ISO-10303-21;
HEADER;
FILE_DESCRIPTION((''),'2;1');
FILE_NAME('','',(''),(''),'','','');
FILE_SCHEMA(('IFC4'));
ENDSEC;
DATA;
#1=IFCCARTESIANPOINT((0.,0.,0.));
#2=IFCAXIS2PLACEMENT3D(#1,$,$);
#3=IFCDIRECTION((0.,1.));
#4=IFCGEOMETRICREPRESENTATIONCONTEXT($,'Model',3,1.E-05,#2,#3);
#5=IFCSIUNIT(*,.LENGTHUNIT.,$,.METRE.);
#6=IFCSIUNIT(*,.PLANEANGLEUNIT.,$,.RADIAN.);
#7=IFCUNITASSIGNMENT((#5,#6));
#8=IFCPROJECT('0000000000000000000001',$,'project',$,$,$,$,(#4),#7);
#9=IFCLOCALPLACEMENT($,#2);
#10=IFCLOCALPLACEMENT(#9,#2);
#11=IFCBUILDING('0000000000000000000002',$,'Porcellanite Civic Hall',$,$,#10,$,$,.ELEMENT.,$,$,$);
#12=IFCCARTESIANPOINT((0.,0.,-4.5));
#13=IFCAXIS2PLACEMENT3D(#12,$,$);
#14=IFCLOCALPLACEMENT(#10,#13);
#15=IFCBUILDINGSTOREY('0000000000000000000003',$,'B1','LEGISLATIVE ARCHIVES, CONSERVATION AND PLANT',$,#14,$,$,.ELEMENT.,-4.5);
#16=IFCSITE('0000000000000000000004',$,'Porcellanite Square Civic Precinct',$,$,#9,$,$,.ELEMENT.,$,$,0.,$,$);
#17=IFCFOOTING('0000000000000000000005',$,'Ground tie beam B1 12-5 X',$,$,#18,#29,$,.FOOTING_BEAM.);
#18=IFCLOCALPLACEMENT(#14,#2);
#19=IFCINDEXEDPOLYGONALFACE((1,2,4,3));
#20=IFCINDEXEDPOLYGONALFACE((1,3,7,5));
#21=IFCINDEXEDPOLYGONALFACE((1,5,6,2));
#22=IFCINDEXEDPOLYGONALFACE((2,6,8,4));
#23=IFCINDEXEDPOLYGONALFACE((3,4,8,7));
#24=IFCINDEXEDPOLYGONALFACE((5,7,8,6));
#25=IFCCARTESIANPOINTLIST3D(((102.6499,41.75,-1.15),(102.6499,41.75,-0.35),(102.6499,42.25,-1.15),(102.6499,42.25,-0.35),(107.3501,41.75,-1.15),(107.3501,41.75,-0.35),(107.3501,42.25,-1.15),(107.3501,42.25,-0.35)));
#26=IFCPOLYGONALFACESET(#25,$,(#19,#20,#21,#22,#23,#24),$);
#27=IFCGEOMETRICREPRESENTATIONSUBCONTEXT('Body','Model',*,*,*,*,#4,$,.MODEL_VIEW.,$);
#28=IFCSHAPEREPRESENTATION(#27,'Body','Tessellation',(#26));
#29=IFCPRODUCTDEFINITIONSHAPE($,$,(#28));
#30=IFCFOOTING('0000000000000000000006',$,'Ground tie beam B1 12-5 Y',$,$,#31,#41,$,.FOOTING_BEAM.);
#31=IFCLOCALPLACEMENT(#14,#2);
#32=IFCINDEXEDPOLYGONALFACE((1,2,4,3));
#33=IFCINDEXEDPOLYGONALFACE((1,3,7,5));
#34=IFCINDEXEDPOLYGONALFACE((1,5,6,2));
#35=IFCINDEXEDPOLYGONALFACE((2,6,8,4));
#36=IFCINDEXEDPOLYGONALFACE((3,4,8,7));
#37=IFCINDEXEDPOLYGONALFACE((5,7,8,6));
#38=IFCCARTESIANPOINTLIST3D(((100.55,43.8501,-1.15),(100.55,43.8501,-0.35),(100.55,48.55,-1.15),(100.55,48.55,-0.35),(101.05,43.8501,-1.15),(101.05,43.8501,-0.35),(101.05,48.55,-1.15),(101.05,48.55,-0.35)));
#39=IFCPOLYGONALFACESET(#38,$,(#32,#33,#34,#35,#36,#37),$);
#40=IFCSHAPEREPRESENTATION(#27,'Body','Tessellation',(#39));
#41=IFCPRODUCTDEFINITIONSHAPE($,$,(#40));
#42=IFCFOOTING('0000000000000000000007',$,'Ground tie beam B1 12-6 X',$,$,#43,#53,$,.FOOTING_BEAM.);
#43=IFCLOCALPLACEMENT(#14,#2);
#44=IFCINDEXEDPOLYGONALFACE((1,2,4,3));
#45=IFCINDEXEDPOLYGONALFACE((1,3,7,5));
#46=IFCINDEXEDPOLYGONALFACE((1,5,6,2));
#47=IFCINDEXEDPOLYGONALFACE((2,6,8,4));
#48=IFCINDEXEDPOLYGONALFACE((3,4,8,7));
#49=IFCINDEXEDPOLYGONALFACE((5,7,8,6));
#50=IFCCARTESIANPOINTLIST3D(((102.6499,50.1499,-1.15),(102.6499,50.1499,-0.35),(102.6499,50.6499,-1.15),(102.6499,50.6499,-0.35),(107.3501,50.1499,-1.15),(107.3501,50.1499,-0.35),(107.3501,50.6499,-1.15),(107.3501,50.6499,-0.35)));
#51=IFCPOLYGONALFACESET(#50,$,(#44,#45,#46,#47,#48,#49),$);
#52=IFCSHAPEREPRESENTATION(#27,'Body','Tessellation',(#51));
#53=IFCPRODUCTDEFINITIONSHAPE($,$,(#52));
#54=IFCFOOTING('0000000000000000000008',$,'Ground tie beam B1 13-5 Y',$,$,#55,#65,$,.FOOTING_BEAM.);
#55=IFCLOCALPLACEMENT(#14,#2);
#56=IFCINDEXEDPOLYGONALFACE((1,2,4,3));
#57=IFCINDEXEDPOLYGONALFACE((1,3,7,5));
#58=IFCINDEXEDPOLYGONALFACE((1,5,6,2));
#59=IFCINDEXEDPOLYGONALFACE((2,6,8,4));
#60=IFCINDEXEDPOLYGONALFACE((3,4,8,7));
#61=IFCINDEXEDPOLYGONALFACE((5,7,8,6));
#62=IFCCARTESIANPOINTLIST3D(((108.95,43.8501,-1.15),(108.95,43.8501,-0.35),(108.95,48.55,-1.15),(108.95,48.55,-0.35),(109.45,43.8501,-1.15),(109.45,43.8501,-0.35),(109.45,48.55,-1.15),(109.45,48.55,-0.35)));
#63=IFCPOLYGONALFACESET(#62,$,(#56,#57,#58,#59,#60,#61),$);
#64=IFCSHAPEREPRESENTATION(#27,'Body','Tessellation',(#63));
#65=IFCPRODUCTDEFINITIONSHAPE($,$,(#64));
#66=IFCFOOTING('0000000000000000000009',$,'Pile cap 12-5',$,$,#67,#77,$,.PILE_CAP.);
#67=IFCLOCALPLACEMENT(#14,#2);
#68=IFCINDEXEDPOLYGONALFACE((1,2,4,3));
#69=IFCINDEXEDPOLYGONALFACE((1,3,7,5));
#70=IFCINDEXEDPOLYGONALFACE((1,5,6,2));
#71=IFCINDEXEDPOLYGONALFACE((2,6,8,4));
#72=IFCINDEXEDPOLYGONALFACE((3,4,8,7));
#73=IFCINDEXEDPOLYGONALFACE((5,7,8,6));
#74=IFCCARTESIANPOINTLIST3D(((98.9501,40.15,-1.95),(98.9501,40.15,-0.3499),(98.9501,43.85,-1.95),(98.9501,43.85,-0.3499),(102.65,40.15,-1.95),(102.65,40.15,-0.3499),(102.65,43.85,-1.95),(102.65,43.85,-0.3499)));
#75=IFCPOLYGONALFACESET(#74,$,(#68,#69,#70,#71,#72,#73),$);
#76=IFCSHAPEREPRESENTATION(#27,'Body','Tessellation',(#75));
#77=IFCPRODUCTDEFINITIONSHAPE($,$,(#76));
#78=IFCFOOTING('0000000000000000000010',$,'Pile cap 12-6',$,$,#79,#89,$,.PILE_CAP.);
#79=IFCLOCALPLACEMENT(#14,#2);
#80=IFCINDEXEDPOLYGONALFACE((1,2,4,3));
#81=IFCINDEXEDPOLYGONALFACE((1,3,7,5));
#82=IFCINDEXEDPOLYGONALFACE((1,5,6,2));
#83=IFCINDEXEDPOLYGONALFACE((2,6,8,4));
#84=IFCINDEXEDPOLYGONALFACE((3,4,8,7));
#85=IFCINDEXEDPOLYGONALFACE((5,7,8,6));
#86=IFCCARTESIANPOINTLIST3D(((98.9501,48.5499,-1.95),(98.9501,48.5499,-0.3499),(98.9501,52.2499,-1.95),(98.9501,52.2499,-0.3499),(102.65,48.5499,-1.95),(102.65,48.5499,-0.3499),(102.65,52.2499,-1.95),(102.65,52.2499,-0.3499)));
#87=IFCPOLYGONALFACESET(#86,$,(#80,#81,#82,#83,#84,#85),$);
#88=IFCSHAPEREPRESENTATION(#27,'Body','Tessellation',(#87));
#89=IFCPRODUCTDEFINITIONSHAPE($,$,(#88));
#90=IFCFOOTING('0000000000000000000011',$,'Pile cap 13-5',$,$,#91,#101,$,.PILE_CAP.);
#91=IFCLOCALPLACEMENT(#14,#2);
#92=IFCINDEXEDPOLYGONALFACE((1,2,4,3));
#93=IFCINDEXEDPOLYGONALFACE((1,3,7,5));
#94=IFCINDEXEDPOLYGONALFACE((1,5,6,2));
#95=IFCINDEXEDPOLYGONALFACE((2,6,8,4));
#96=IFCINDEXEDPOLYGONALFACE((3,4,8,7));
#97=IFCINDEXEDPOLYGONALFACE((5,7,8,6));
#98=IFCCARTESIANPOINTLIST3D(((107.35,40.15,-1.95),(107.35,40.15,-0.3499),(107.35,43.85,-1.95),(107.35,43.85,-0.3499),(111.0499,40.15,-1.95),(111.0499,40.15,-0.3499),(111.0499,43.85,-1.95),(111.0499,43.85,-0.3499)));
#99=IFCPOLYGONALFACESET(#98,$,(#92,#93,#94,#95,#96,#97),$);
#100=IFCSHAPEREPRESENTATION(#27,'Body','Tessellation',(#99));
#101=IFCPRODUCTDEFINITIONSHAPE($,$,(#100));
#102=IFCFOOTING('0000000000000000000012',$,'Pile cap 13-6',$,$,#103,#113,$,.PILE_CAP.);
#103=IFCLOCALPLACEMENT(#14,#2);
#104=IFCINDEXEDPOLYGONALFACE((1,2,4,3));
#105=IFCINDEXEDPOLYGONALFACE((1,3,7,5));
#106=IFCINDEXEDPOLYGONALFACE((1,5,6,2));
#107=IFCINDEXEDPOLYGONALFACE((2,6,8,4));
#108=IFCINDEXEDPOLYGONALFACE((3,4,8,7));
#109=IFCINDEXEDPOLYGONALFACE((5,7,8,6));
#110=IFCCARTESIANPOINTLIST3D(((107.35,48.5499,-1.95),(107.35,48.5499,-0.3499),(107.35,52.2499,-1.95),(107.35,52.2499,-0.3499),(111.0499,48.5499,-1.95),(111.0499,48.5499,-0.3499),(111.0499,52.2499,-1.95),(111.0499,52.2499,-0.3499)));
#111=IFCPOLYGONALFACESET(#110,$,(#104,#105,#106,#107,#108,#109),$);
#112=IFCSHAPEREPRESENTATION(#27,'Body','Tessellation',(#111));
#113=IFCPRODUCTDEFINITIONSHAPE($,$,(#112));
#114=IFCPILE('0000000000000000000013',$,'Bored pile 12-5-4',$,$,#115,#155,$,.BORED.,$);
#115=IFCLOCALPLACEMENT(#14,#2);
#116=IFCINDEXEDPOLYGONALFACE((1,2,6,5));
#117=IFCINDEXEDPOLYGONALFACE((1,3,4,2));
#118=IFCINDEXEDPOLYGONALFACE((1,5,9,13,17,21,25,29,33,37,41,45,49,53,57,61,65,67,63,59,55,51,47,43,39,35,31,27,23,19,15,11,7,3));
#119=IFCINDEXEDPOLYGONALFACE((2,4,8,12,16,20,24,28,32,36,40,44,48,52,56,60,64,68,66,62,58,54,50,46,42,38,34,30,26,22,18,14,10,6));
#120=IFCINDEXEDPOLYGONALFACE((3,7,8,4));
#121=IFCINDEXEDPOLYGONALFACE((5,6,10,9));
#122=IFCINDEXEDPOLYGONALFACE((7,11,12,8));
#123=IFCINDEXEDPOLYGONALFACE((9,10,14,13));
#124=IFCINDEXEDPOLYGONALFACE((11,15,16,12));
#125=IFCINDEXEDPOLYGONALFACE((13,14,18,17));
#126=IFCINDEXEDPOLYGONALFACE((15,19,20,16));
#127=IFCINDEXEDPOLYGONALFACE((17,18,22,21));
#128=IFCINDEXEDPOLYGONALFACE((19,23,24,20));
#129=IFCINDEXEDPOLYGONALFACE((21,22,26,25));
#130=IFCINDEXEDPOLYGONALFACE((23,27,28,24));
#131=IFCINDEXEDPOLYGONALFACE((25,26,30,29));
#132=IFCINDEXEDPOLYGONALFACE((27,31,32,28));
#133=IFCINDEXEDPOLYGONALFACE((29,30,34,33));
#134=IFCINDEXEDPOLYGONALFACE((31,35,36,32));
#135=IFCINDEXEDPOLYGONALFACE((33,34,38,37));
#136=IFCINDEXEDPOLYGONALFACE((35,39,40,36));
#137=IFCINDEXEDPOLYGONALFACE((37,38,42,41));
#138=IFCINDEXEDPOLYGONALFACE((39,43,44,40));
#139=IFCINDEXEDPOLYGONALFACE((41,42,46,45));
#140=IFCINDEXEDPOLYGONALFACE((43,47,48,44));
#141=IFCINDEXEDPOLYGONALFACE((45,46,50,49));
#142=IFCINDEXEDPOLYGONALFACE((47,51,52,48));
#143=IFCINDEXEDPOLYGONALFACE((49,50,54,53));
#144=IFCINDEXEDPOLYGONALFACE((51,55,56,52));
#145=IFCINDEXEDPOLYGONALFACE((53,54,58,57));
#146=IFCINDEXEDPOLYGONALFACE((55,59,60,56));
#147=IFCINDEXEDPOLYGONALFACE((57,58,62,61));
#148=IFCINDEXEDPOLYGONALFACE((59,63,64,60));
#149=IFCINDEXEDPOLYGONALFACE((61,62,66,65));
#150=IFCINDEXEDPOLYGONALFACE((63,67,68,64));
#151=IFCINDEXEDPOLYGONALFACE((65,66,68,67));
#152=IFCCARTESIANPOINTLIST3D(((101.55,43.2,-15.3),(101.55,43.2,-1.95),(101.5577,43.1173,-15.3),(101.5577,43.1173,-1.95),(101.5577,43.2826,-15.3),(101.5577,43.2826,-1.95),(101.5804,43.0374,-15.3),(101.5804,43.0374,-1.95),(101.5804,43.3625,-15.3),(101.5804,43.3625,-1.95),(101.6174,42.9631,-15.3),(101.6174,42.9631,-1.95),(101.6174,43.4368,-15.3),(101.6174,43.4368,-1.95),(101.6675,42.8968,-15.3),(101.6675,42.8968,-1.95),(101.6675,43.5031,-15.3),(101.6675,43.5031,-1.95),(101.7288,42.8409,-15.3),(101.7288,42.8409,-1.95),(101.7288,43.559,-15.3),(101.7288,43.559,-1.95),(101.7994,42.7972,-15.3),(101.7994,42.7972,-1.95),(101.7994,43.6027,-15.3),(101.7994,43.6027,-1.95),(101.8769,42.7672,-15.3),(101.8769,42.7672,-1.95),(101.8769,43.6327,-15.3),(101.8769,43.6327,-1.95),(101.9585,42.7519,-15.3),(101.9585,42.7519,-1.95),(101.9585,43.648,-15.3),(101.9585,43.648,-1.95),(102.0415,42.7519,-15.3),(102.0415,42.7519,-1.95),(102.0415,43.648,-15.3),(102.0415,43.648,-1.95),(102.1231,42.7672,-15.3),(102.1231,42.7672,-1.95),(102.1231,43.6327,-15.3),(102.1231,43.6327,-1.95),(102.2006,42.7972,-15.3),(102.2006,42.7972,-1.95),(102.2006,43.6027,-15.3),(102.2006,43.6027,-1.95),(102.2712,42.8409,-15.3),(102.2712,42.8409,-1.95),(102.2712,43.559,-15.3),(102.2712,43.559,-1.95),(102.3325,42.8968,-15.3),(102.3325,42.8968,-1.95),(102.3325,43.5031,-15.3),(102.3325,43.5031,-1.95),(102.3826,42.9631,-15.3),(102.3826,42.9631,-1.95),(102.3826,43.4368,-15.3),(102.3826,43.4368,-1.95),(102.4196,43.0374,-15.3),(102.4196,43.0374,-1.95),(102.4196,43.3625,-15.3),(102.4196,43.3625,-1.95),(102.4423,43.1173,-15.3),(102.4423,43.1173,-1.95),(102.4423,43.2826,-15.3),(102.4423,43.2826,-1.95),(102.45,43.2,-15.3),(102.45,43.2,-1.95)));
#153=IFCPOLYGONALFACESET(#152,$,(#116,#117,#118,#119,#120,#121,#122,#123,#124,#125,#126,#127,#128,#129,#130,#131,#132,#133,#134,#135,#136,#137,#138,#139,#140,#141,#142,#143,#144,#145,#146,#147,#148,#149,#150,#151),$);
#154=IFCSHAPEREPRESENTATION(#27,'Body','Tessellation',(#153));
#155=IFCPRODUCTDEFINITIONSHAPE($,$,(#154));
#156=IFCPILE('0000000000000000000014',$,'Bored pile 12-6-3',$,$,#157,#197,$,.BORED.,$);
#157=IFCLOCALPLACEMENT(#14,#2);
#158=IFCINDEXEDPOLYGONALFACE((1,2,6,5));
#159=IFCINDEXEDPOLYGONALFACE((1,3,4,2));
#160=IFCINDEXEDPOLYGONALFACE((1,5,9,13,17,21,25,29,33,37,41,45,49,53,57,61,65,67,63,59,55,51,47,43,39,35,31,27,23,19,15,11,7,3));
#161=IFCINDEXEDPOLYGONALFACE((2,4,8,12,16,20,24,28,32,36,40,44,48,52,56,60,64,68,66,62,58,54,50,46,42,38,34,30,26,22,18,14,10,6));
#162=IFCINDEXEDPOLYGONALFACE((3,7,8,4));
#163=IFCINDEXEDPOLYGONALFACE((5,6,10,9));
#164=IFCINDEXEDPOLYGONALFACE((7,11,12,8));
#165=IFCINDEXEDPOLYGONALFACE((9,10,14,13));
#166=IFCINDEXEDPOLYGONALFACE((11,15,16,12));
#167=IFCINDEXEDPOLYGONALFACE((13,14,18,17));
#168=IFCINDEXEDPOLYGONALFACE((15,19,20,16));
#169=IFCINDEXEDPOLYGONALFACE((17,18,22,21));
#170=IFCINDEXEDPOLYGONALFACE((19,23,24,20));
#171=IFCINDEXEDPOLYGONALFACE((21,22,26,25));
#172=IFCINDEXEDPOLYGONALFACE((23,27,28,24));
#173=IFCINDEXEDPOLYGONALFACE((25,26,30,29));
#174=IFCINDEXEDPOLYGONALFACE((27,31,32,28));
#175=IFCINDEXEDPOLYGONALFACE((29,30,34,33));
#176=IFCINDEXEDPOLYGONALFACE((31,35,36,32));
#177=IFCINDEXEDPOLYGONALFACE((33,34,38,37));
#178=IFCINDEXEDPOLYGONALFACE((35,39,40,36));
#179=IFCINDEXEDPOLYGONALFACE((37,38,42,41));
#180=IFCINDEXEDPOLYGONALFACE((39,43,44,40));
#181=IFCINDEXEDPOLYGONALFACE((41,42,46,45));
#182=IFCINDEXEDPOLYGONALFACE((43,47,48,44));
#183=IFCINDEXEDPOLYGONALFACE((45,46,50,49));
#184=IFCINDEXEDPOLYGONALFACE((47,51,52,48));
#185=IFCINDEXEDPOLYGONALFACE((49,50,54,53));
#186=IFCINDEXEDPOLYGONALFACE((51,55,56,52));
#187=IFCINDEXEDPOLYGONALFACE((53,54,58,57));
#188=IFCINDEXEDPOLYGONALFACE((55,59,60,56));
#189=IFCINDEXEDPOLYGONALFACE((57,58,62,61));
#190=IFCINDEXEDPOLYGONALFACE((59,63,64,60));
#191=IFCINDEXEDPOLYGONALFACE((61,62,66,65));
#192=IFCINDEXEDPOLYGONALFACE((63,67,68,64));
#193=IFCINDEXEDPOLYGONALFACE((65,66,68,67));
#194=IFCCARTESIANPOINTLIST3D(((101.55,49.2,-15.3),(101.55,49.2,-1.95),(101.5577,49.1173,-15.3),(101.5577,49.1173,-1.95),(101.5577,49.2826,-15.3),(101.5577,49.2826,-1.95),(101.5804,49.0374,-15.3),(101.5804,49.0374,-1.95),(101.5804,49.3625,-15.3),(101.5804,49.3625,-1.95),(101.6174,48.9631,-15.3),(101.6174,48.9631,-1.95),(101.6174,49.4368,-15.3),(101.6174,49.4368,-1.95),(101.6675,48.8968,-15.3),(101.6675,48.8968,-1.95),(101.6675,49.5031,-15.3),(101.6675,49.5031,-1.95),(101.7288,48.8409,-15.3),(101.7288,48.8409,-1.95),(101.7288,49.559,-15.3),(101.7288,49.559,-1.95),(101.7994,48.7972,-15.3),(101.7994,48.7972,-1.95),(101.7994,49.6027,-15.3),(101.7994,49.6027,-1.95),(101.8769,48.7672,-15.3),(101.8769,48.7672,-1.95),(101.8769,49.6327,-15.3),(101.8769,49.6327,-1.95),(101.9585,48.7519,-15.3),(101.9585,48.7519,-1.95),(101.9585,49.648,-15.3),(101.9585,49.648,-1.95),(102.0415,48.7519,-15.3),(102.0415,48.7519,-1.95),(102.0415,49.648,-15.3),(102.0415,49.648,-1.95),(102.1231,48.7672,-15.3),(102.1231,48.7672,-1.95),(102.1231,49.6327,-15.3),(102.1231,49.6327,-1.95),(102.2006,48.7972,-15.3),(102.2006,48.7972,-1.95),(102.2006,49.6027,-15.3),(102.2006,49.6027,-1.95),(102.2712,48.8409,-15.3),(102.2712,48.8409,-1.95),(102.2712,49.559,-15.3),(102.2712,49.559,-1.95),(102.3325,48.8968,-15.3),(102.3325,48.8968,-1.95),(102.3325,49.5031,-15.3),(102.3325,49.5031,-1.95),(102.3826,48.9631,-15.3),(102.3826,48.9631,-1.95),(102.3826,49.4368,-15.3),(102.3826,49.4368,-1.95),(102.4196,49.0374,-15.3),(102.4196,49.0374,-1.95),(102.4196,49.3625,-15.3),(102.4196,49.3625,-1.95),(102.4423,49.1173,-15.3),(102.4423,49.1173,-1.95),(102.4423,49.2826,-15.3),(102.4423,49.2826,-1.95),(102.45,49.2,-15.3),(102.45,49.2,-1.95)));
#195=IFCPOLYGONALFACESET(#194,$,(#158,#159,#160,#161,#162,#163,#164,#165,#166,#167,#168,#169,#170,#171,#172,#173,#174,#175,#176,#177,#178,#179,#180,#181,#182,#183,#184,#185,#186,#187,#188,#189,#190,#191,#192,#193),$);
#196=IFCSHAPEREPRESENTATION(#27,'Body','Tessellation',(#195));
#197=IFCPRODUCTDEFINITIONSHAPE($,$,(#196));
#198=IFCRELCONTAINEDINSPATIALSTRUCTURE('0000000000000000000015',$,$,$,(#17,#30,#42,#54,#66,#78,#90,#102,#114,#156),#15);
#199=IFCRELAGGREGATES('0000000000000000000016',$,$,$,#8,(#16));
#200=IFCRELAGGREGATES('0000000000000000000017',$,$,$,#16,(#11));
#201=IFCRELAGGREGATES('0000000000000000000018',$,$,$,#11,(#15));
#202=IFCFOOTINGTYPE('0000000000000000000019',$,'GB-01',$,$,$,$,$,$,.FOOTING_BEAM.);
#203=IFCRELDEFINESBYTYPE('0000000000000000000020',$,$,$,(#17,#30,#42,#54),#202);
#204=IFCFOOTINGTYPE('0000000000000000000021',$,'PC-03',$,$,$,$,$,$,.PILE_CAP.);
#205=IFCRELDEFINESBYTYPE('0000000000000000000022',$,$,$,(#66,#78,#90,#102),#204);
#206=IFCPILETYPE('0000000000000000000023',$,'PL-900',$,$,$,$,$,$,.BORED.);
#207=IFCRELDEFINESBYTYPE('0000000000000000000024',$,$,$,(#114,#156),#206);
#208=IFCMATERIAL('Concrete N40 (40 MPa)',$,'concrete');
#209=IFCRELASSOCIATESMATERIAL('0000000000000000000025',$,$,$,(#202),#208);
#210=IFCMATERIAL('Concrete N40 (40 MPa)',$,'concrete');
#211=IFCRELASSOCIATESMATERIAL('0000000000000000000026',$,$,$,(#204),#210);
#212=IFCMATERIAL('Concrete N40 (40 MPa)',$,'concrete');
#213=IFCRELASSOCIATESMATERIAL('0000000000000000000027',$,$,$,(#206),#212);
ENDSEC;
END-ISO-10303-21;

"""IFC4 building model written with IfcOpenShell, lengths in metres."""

from ifc_helpers import new_model, si_unit, direction, frame, origin, origin_2d, place, context, subcontext, project, spatial, rectangle, circle, extrude, material, material_profile, profile_set, type_object, element, save


model = new_model("IFC4")

# Units and contexts
model_context = context("Model", 3, precision=1e-05, world=origin(), true_north=direction((0.0, 1.0)))
body_context = subcontext(model_context, "Body", "Model", "MODEL_VIEW")
ifc_project = project(units=[si_unit("LENGTHUNIT", "METRE"), si_unit("PLANEANGLEUNIT", "RADIAN")], contexts=[model_context])

# Site, building, storey
site_placement = place(None, origin())
site = spatial("IfcSite", under=ifc_project, at=site_placement, Name="Porcellanite Square Civic Precinct", CompositionType="ELEMENT", RefElevation=0.0)
building_placement = place(site_placement, origin())
building = spatial("IfcBuilding", under=site, at=building_placement, Name="Porcellanite Civic Hall", CompositionType="ELEMENT")
storey_placement = place(building_placement, frame((0.0, 0.0, -4.5)))
storey = spatial("IfcBuildingStorey", under=building, at=storey_placement, Name="B1", Description="LEGISLATIVE ARCHIVES, CONSERVATION AND PLANT", CompositionType="ELEMENT", Elevation=-4.5)

# Footings
ifc_material_1 = material(Name="Concrete N40 (40 MPa)", Category="concrete")
ifc_material_profile_1 = material_profile(ifc_material_1, rectangle(XDim=0.5, YDim=0.8, at=origin_2d()), Name="RC-500x800")
ifc_profile_set_1 = profile_set([ifc_material_profile_1], Name="Concrete N40 (40 MPa)")
footing_type_1 = type_object("IfcFootingType", Name="GB-01", PredefinedType="FOOTING_BEAM", material=ifc_profile_set_1)
footing_1_placement = place(storey_placement, frame((102.6499, 42.0, -0.75), z_axis=(1.0, 0.0, 0.0), x_axis=(0.0, 1.0, 0.0)))
element("IfcFooting", 1, at=footing_1_placement, inside=storey, type_object=footing_type_1, Name="Ground tie beam B1 12-5 X", PredefinedType="FOOTING_BEAM", context=body_context, shape_type="SweptSolid", body=[
    extrude(rectangle(XDim=0.5, YDim=0.8, at=origin_2d()), origin(), (0.0, 0.0, 1.0), 4.7002),
])
footing_2_placement = place(storey_placement, frame((100.8, 43.8501, -0.75), z_axis=(0.0, 1.0, 0.0), x_axis=(-1.0, 0.0, 0.0)))
element("IfcFooting", 2, at=footing_2_placement, inside=storey, type_object=footing_type_1, Name="Ground tie beam B1 12-5 Y", PredefinedType="FOOTING_BEAM", context=body_context, shape_type="SweptSolid", body=[
    extrude(rectangle(XDim=0.5, YDim=0.8, at=origin_2d()), origin(), (0.0, 0.0, 1.0), 4.7),
])
footing_3_placement = place(storey_placement, frame((102.6499, 50.3999, -0.75), z_axis=(1.0, 0.0, 0.0), x_axis=(0.0, 1.0, 0.0)))
element("IfcFooting", 3, at=footing_3_placement, inside=storey, type_object=footing_type_1, Name="Ground tie beam B1 12-6 X", PredefinedType="FOOTING_BEAM", context=body_context, shape_type="SweptSolid", body=[
    extrude(rectangle(XDim=0.5, YDim=0.8, at=origin_2d()), origin(), (0.0, 0.0, 1.0), 4.7002),
])
footing_4_placement = place(storey_placement, frame((109.2, 43.8501, -0.75), z_axis=(0.0, 1.0, 0.0), x_axis=(-1.0, 0.0, 0.0)))
element("IfcFooting", 4, at=footing_4_placement, inside=storey, type_object=footing_type_1, Name="Ground tie beam B1 13-5 Y", PredefinedType="FOOTING_BEAM", context=body_context, shape_type="SweptSolid", body=[
    extrude(rectangle(XDim=0.5, YDim=0.8, at=origin_2d()), origin(), (0.0, 0.0, 1.0), 4.7),
])
ifc_material_2 = material(Name="Concrete N40 (40 MPa)", Category="concrete")
footing_type_2 = type_object("IfcFootingType", Name="PC-03", PredefinedType="PILE_CAP", material=ifc_material_2)
for number, where, z_axis, x_axis, name in (
    (5, (100.8, 42.0, -1.95), (0.0, 0.0, 1.0), (1.0, 0.0, 0.0), "Pile cap 12-5"),
    (6, (100.8, 50.3999, -1.95), (0.0, 0.0, 1.0), (1.0, 0.0, 0.0), "Pile cap 12-6"),
    (7, (109.2, 42.0, -1.95), (0.0, 0.0, 1.0), (1.0, 0.0, 0.0), "Pile cap 13-5"),
    (8, (109.2, 50.3999, -1.95), (0.0, 0.0, 1.0), (1.0, 0.0, 0.0), "Pile cap 13-6"),
):
    element("IfcFooting", number, at=place(storey_placement, frame(where, z_axis=z_axis, x_axis=x_axis)), inside=storey, type_object=footing_type_2, Name=name, PredefinedType="PILE_CAP", context=body_context, shape_type="SweptSolid", body=[
        extrude(rectangle(XDim=3.7, YDim=3.7, at=origin_2d()), origin(), (0.0, 0.0, 1.0), 1.6001),
    ])

# Piles
ifc_material_3 = material(Name="Concrete N40 (40 MPa)", Category="concrete")
ifc_material_profile_2 = material_profile(ifc_material_3, circle(Radius=0.45, at=origin_2d()), Name="PILE-D900")
ifc_profile_set_2 = profile_set([ifc_material_profile_2], Name="Concrete N40 (40 MPa)")
pile_type = type_object("IfcPileType", Name="PL-900", PredefinedType="BORED", material=ifc_profile_set_2)
for number, where, z_axis, x_axis, name in (
    (9, (102.0, 43.2, -1.95), (0.0, 0.0, -1.0), (1.0, 0.0, 0.0), "Bored pile 12-5-4"),
    (10, (102.0, 49.2, -1.95), (0.0, 0.0, -1.0), (1.0, 0.0, 0.0), "Bored pile 12-6-3"),
):
    element("IfcPile", number, at=place(storey_placement, frame(where, z_axis=z_axis, x_axis=x_axis)), inside=storey, type_object=pile_type, Name=name, PredefinedType="BORED", context=body_context, shape_type="SweptSolid", body=[
        extrude(circle(Radius=0.45, at=origin_2d()), origin(), (0.0, 0.0, 1.0), 13.3501),
    ])

save(model, "model.ifc")
